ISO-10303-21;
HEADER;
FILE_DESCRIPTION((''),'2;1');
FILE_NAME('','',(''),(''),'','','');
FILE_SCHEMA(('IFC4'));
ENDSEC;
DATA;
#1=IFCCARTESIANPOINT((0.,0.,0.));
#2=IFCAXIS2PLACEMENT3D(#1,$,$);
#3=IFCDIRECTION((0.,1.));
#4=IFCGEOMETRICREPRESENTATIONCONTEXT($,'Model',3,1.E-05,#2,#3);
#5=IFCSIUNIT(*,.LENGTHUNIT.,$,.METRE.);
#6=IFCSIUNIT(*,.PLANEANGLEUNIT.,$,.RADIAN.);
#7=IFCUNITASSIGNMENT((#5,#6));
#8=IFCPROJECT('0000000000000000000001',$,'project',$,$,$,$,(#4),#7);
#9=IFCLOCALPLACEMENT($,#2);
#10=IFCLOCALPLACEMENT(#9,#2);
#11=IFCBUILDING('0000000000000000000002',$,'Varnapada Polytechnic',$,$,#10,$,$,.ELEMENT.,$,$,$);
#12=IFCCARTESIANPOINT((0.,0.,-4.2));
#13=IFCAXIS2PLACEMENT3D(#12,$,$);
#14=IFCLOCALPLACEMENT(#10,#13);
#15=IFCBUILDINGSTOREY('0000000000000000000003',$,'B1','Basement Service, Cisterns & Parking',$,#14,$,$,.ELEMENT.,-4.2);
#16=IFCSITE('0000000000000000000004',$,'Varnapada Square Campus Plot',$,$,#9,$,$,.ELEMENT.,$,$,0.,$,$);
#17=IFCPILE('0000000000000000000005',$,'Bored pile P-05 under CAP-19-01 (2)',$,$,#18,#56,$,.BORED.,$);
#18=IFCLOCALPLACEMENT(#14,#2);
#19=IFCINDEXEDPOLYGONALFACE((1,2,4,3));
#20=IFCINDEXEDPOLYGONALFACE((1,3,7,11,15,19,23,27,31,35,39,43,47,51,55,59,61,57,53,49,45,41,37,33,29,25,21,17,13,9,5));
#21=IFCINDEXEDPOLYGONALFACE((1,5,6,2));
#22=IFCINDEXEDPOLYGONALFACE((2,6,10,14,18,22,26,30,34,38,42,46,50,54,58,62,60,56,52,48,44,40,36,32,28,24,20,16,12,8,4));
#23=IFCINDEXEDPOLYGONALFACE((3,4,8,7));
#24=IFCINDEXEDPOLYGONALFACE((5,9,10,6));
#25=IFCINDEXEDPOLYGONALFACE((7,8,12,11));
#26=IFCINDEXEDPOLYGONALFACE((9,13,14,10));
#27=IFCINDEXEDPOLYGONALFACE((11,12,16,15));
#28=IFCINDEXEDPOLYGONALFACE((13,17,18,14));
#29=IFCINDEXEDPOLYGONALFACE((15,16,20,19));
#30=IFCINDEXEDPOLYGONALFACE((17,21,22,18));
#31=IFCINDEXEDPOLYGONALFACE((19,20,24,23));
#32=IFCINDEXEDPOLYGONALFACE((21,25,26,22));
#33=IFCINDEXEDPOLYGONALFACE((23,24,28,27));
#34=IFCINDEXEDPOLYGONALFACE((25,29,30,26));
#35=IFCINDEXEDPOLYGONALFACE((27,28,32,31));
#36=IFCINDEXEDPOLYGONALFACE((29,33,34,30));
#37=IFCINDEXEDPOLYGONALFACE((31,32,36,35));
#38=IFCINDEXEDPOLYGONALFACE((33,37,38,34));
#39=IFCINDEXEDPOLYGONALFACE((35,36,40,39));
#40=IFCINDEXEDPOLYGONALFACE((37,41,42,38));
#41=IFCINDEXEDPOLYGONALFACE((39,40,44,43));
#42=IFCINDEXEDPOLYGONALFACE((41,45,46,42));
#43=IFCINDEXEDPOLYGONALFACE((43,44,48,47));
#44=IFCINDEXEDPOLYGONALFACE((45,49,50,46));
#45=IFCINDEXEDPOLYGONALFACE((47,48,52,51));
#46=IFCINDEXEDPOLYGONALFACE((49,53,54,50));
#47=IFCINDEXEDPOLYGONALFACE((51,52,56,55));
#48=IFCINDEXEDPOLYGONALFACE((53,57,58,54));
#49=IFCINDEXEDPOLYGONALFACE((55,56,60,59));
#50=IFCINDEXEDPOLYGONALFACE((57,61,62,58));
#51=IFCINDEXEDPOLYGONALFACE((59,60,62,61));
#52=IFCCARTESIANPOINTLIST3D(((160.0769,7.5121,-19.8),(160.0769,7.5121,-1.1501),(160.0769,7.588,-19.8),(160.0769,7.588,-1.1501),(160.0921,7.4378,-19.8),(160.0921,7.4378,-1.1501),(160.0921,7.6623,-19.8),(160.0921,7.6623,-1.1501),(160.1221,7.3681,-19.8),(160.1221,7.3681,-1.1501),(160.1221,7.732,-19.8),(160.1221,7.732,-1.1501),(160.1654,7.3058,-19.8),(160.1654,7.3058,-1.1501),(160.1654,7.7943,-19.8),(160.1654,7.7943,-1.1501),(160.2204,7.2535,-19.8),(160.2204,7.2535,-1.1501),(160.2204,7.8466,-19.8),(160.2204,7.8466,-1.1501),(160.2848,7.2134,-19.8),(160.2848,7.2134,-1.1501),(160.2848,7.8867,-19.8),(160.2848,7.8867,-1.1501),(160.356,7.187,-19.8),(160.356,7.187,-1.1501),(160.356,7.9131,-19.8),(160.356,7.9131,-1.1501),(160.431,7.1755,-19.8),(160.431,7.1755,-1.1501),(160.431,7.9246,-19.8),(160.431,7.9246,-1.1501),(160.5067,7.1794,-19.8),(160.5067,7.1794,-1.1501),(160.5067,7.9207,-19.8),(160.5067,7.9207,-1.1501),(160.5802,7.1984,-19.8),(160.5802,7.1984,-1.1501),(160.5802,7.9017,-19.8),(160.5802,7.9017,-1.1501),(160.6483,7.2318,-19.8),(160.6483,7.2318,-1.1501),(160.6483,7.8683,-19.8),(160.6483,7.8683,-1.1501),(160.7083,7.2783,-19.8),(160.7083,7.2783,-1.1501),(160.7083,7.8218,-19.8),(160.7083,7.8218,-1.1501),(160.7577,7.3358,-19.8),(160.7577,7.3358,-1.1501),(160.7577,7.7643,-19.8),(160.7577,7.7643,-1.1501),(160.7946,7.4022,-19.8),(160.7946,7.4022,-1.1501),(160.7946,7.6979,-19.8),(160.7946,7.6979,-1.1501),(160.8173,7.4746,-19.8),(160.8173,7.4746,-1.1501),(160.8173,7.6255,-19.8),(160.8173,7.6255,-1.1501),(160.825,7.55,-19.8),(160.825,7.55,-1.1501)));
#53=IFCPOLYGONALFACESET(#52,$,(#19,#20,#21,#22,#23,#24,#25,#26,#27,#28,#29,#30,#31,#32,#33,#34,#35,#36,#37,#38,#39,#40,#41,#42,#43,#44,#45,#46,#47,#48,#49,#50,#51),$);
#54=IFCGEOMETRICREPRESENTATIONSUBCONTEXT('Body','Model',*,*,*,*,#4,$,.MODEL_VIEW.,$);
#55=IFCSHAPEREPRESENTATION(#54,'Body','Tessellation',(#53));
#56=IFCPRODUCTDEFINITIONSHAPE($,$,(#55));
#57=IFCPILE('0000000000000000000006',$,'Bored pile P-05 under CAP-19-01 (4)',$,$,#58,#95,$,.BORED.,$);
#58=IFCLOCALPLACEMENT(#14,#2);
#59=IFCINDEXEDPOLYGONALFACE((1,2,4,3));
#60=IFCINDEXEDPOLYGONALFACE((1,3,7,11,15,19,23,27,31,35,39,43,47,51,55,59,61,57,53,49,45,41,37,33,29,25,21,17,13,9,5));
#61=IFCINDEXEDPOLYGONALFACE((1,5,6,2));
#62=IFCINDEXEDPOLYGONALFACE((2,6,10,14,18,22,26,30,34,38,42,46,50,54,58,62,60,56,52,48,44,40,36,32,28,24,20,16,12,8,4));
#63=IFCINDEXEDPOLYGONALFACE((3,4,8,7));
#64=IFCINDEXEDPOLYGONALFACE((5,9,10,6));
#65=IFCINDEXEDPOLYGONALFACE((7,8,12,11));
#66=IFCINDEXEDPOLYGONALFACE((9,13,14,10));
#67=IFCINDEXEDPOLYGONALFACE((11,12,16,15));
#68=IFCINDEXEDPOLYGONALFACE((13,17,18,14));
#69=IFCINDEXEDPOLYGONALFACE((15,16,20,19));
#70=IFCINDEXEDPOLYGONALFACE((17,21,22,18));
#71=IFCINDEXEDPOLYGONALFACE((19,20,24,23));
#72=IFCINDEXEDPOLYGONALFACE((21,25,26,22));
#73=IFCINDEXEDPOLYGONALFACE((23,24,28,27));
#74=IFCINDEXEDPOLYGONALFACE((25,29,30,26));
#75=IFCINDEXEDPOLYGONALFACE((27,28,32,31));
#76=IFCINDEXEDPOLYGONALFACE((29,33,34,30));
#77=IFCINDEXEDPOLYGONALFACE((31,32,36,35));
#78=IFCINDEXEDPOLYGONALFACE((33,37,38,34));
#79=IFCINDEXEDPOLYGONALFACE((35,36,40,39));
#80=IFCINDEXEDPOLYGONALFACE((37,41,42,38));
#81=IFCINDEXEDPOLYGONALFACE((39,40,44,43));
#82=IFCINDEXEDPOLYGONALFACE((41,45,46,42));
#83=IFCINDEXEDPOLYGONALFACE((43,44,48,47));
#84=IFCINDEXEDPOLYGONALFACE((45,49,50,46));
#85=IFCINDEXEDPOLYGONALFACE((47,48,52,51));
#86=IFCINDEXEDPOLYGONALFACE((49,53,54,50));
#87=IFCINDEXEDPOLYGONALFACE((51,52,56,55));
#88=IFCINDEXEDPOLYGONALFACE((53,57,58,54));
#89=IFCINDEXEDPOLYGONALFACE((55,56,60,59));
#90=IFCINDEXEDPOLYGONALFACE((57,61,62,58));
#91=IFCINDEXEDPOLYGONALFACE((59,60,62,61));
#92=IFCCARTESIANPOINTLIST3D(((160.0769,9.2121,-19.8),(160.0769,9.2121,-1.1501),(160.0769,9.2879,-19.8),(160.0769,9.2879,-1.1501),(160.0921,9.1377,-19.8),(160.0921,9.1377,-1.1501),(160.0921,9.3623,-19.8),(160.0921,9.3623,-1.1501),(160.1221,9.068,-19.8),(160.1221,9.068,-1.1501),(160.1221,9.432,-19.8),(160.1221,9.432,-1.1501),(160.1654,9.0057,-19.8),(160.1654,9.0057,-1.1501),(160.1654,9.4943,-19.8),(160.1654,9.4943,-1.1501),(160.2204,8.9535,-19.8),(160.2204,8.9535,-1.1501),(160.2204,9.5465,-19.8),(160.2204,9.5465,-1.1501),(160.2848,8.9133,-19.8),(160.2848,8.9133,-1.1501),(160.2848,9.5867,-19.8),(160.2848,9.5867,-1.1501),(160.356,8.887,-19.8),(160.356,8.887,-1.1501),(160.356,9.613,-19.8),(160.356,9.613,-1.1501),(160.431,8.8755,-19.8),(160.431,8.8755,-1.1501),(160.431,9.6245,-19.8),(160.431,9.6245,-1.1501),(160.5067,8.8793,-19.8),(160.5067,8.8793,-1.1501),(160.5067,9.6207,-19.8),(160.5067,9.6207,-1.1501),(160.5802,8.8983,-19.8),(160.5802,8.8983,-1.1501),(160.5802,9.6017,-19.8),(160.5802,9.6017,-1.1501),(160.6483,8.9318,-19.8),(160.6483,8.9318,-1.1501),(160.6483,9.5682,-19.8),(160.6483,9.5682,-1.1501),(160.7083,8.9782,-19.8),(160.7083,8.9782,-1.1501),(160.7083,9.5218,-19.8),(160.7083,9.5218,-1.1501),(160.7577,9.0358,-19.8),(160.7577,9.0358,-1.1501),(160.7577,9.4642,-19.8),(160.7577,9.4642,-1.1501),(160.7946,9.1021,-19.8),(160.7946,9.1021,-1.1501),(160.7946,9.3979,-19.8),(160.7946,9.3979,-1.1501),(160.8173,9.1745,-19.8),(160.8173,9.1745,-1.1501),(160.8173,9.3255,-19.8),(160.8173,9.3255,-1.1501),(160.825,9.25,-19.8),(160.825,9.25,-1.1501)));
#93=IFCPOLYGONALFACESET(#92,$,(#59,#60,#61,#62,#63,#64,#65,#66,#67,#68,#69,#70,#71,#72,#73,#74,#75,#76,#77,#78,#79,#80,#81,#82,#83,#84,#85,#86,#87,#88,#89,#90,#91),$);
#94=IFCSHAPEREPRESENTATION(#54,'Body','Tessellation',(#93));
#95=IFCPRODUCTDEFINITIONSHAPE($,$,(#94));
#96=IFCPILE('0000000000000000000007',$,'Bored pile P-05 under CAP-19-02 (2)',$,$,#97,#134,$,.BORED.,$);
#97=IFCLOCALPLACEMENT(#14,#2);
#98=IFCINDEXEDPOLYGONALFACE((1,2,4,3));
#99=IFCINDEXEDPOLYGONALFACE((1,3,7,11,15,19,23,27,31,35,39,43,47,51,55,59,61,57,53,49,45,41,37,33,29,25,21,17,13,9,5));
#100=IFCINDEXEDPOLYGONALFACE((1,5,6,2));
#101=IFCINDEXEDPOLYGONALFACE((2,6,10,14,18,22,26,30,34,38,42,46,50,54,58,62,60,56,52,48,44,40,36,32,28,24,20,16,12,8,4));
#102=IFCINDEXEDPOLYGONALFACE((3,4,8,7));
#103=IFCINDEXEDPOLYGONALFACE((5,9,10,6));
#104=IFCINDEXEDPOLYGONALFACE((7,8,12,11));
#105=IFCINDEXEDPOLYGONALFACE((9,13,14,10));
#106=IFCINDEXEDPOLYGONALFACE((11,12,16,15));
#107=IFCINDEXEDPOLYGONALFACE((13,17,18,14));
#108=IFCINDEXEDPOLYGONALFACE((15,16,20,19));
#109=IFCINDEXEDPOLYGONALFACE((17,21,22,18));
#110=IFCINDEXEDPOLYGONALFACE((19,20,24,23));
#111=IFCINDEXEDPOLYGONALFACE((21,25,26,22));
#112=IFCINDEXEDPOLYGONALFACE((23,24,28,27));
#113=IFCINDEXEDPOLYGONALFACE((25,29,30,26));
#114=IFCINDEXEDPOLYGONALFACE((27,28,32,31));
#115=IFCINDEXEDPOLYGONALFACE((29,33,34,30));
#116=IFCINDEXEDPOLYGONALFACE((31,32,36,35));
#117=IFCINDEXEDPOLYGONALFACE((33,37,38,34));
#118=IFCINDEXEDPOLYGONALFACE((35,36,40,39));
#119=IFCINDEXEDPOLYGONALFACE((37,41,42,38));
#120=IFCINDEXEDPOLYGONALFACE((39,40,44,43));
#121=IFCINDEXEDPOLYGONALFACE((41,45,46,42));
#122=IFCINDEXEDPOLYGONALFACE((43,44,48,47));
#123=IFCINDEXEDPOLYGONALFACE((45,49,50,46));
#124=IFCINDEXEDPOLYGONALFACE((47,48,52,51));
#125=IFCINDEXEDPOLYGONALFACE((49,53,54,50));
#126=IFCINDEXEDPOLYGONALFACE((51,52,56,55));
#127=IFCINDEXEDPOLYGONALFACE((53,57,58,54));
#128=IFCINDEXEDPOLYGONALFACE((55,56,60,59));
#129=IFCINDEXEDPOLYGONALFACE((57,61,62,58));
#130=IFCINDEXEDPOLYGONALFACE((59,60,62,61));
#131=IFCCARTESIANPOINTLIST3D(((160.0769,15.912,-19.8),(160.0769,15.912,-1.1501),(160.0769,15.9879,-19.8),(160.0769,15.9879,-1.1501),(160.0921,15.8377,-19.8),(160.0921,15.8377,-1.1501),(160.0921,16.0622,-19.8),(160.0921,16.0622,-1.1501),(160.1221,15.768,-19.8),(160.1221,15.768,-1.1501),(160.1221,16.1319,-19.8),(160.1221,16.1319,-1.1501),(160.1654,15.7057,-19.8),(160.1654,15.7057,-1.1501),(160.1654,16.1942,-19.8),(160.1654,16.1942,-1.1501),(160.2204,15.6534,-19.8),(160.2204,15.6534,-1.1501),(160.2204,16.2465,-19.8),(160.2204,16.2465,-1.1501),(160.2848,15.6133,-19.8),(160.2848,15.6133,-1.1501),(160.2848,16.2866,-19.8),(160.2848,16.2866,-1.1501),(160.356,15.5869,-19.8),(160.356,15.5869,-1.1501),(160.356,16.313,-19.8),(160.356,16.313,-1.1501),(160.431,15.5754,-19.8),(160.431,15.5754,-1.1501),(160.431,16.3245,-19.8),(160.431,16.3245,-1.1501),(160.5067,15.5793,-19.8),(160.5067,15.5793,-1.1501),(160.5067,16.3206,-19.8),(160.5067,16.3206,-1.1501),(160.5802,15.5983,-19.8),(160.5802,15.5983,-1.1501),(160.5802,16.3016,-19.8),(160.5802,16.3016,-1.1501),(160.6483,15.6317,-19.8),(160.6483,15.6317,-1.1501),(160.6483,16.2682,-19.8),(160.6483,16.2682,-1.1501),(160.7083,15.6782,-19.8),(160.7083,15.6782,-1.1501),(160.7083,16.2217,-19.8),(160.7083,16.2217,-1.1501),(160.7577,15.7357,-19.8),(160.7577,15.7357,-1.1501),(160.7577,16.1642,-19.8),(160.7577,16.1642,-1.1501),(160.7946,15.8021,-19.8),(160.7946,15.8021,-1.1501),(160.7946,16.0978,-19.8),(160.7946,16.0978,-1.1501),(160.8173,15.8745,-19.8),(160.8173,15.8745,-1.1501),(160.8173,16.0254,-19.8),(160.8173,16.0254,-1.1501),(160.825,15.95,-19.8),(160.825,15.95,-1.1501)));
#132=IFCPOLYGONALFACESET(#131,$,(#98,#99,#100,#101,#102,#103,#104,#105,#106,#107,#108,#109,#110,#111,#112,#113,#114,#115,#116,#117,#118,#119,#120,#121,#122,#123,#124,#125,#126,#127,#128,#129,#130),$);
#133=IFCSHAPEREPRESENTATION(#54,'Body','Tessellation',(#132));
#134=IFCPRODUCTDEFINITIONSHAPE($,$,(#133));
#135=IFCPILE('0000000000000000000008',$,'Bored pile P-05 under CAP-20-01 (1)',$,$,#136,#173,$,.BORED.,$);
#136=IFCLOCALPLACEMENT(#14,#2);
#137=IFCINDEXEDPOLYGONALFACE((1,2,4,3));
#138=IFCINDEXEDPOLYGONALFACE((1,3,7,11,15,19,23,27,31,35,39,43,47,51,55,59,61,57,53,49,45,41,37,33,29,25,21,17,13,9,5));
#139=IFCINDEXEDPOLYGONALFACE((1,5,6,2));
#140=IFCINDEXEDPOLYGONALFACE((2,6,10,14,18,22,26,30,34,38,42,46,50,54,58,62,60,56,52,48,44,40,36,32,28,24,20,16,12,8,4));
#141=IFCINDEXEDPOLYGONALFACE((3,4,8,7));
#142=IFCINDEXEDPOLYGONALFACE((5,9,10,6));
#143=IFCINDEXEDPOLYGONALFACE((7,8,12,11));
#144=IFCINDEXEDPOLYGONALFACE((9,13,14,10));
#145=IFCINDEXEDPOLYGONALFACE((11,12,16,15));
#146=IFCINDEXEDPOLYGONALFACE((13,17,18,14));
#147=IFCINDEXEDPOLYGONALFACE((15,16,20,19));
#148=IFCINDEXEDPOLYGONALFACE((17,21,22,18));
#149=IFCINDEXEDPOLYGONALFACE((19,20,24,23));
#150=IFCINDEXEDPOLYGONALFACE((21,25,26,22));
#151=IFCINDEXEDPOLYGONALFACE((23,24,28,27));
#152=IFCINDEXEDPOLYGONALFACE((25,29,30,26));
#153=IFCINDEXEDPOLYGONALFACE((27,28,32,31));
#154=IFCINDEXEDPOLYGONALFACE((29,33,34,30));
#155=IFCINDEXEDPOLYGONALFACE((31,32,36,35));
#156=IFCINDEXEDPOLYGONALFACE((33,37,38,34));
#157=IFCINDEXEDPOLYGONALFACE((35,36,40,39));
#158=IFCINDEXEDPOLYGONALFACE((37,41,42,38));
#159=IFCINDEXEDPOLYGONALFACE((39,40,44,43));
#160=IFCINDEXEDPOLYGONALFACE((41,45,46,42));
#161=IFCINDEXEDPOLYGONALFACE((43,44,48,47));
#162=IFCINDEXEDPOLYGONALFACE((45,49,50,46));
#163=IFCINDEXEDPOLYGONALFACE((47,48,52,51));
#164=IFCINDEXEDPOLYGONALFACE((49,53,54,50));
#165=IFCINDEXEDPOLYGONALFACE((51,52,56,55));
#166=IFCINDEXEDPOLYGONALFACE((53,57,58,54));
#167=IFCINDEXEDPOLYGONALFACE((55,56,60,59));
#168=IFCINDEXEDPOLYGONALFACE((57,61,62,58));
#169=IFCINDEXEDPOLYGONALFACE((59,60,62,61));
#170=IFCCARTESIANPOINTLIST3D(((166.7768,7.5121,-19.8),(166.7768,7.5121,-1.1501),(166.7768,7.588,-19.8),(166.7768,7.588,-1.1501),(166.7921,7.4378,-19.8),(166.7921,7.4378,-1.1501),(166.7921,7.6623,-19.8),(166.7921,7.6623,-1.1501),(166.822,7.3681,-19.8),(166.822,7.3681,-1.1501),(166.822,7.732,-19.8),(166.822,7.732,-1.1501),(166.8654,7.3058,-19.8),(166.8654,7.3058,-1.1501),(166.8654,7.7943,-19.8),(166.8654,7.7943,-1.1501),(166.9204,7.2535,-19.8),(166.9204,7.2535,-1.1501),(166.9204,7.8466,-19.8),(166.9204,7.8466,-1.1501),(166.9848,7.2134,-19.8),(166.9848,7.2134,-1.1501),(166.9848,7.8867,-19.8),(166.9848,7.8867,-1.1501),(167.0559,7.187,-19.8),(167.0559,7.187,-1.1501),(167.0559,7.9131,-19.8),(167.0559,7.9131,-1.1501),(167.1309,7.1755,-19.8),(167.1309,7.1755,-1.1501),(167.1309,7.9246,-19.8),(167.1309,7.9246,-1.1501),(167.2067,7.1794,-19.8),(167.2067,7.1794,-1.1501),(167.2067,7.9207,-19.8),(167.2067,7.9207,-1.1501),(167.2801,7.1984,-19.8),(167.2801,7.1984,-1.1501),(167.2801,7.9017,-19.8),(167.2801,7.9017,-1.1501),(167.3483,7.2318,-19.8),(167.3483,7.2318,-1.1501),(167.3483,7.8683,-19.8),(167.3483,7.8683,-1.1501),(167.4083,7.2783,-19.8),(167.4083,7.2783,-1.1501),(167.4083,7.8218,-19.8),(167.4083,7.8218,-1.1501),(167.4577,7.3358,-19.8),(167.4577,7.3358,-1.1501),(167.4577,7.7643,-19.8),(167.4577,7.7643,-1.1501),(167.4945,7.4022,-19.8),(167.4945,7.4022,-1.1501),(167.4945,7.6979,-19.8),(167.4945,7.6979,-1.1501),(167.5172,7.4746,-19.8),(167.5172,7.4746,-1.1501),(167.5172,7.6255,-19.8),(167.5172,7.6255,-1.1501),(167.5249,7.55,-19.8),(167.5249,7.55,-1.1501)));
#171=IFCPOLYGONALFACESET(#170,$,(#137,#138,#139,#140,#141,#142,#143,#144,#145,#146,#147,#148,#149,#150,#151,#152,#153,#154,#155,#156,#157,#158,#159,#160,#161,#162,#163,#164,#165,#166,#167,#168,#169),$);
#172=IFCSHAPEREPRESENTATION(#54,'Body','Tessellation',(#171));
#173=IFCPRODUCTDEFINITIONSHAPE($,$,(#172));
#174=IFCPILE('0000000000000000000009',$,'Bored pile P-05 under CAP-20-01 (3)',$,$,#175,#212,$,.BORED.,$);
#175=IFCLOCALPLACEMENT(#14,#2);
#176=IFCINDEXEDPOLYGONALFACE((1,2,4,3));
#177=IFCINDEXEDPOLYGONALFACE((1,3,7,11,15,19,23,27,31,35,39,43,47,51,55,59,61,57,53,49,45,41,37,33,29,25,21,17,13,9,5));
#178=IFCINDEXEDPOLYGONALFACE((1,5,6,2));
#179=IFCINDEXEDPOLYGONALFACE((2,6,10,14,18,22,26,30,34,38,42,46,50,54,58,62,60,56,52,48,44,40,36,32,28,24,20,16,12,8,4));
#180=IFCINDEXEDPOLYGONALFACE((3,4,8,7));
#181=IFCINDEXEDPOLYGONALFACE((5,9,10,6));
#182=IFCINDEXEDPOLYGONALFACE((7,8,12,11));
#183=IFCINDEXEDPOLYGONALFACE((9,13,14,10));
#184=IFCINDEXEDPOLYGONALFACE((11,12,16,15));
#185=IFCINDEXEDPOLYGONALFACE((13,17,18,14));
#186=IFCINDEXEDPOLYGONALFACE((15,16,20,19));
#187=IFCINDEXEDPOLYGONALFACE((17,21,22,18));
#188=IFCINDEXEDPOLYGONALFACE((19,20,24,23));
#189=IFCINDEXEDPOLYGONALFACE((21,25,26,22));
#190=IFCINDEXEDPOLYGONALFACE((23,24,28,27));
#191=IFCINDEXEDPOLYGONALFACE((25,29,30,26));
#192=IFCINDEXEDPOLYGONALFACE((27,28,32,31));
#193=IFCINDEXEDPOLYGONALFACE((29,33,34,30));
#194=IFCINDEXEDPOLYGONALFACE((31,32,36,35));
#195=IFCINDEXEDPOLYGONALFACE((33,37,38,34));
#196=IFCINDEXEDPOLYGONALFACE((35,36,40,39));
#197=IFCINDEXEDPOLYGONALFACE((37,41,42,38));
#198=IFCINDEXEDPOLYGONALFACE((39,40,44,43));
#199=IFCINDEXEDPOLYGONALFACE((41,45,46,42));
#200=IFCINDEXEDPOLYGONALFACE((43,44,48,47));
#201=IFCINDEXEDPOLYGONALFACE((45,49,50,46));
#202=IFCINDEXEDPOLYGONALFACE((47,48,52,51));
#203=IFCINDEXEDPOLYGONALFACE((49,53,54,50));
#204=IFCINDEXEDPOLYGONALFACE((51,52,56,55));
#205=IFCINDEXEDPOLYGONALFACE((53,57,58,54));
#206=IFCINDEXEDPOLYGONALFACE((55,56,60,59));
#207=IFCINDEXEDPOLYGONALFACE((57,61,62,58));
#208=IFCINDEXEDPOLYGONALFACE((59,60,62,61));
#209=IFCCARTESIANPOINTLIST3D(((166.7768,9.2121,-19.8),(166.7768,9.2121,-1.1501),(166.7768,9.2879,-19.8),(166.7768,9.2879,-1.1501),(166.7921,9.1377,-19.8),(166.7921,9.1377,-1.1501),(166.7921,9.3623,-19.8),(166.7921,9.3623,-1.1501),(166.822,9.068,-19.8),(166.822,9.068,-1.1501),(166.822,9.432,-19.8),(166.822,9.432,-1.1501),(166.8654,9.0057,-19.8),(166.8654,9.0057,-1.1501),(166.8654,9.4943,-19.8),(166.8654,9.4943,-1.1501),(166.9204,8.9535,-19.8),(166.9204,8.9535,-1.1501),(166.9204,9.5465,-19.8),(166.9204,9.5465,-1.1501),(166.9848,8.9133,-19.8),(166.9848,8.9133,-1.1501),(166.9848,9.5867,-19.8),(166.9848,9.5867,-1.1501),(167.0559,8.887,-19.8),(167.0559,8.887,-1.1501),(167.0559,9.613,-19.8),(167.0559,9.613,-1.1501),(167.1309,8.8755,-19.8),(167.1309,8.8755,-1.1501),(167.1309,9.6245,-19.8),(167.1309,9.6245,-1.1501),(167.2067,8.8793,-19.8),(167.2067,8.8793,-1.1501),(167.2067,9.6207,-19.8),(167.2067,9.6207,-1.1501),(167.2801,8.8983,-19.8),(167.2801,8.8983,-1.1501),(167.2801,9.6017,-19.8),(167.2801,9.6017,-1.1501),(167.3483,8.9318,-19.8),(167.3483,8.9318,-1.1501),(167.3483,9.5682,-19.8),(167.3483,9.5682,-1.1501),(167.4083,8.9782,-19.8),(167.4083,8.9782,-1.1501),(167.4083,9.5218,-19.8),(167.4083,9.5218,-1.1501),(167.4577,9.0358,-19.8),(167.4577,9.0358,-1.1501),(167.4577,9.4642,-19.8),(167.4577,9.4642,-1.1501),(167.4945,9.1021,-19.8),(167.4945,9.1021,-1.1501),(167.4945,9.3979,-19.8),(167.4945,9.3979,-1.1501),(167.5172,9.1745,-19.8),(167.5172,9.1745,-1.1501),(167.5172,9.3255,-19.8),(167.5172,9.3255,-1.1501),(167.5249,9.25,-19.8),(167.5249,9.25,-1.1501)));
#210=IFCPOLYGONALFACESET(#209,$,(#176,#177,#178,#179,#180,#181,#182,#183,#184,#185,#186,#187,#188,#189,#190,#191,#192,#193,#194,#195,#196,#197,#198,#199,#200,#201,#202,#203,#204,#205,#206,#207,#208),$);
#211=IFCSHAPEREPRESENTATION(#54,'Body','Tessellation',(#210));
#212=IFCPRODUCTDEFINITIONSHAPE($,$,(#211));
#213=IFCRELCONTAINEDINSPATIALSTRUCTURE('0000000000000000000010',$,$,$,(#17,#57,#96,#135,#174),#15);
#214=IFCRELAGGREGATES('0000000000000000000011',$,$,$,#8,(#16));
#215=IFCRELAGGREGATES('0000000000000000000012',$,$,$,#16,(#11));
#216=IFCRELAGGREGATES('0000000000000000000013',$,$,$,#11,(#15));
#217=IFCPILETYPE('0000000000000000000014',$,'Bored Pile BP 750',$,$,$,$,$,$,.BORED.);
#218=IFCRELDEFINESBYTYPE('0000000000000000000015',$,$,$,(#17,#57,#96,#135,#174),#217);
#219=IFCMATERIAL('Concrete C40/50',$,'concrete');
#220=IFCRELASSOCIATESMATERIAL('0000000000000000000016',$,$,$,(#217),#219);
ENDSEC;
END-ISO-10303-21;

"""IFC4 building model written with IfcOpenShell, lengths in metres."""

from ifc_helpers import new_model, si_unit, direction, frame, origin, origin_2d, place, context, subcontext, project, spatial, circle, extrude, material, material_profile, profile_set, type_object, element, save


model = new_model("IFC4")

# Units and contexts
model_context = context("Model", 3, precision=1e-05, world=origin(), true_north=direction((0.0, 1.0)))
body_context = subcontext(model_context, "Body", "Model", "MODEL_VIEW")
ifc_project = project(units=[si_unit("LENGTHUNIT", "METRE"), si_unit("PLANEANGLEUNIT", "RADIAN")], contexts=[model_context])

# Site, building, storey
site_placement = place(None, origin())
site = spatial("IfcSite", under=ifc_project, at=site_placement, Name="Varnapada Square Campus Plot", CompositionType="ELEMENT", RefElevation=0.0)
building_placement = place(site_placement, origin())
building = spatial("IfcBuilding", under=site, at=building_placement, Name="Varnapada Polytechnic", CompositionType="ELEMENT")
storey_placement = place(building_placement, frame((0.0, 0.0, -4.2)))
storey = spatial("IfcBuildingStorey", under=building, at=storey_placement, Name="B1", Description="Basement Service, Cisterns & Parking", CompositionType="ELEMENT", Elevation=-4.2)

# Piles
ifc_material_1 = material(Name="Concrete C40/50", Category="concrete")
ifc_material_profile_1 = material_profile(ifc_material_1, circle(Radius=0.375, at=origin_2d()), Name="BP 750")
ifc_profile_set_1 = profile_set([ifc_material_profile_1], Name="Concrete C40/50")
pile_type_1 = type_object("IfcPileType", Name="Bored Pile BP 750", PredefinedType="BORED", material=ifc_profile_set_1)
for number, where, z_axis, x_axis, name in (
    (1, (160.45, 7.55, -1.1501), (0.0, 0.0, -1.0), (1.0, 0.0, 0.0), "Bored pile P-05 under CAP-19-01 (2)"),
    (2, (160.45, 9.25, -1.1501), (0.0, 0.0, -1.0), (1.0, 0.0, 0.0), "Bored pile P-05 under CAP-19-01 (4)"),
    (3, (160.45, 15.95, -1.1501), (0.0, 0.0, -1.0), (1.0, 0.0, 0.0), "Bored pile P-05 under CAP-19-02 (2)"),
    (4, (167.1499, 7.55, -1.1501), (0.0, 0.0, -1.0), (1.0, 0.0, 0.0), "Bored pile P-05 under CAP-20-01 (1)"),
    (5, (167.1499, 9.25, -1.1501), (0.0, 0.0, -1.0), (1.0, 0.0, 0.0), "Bored pile P-05 under CAP-20-01 (3)"),
):
    element("IfcPile", number, at=place(storey_placement, frame(where, z_axis=z_axis, x_axis=x_axis)), inside=storey, type_object=pile_type_1, Name=name, PredefinedType="BORED", context=body_context, shape_type="SweptSolid", body=[
        extrude(circle(Radius=0.375, at=origin_2d()), origin(), (0.0, 0.0, 1.0), 18.6499),
    ])

save(model, "model.ifc")
